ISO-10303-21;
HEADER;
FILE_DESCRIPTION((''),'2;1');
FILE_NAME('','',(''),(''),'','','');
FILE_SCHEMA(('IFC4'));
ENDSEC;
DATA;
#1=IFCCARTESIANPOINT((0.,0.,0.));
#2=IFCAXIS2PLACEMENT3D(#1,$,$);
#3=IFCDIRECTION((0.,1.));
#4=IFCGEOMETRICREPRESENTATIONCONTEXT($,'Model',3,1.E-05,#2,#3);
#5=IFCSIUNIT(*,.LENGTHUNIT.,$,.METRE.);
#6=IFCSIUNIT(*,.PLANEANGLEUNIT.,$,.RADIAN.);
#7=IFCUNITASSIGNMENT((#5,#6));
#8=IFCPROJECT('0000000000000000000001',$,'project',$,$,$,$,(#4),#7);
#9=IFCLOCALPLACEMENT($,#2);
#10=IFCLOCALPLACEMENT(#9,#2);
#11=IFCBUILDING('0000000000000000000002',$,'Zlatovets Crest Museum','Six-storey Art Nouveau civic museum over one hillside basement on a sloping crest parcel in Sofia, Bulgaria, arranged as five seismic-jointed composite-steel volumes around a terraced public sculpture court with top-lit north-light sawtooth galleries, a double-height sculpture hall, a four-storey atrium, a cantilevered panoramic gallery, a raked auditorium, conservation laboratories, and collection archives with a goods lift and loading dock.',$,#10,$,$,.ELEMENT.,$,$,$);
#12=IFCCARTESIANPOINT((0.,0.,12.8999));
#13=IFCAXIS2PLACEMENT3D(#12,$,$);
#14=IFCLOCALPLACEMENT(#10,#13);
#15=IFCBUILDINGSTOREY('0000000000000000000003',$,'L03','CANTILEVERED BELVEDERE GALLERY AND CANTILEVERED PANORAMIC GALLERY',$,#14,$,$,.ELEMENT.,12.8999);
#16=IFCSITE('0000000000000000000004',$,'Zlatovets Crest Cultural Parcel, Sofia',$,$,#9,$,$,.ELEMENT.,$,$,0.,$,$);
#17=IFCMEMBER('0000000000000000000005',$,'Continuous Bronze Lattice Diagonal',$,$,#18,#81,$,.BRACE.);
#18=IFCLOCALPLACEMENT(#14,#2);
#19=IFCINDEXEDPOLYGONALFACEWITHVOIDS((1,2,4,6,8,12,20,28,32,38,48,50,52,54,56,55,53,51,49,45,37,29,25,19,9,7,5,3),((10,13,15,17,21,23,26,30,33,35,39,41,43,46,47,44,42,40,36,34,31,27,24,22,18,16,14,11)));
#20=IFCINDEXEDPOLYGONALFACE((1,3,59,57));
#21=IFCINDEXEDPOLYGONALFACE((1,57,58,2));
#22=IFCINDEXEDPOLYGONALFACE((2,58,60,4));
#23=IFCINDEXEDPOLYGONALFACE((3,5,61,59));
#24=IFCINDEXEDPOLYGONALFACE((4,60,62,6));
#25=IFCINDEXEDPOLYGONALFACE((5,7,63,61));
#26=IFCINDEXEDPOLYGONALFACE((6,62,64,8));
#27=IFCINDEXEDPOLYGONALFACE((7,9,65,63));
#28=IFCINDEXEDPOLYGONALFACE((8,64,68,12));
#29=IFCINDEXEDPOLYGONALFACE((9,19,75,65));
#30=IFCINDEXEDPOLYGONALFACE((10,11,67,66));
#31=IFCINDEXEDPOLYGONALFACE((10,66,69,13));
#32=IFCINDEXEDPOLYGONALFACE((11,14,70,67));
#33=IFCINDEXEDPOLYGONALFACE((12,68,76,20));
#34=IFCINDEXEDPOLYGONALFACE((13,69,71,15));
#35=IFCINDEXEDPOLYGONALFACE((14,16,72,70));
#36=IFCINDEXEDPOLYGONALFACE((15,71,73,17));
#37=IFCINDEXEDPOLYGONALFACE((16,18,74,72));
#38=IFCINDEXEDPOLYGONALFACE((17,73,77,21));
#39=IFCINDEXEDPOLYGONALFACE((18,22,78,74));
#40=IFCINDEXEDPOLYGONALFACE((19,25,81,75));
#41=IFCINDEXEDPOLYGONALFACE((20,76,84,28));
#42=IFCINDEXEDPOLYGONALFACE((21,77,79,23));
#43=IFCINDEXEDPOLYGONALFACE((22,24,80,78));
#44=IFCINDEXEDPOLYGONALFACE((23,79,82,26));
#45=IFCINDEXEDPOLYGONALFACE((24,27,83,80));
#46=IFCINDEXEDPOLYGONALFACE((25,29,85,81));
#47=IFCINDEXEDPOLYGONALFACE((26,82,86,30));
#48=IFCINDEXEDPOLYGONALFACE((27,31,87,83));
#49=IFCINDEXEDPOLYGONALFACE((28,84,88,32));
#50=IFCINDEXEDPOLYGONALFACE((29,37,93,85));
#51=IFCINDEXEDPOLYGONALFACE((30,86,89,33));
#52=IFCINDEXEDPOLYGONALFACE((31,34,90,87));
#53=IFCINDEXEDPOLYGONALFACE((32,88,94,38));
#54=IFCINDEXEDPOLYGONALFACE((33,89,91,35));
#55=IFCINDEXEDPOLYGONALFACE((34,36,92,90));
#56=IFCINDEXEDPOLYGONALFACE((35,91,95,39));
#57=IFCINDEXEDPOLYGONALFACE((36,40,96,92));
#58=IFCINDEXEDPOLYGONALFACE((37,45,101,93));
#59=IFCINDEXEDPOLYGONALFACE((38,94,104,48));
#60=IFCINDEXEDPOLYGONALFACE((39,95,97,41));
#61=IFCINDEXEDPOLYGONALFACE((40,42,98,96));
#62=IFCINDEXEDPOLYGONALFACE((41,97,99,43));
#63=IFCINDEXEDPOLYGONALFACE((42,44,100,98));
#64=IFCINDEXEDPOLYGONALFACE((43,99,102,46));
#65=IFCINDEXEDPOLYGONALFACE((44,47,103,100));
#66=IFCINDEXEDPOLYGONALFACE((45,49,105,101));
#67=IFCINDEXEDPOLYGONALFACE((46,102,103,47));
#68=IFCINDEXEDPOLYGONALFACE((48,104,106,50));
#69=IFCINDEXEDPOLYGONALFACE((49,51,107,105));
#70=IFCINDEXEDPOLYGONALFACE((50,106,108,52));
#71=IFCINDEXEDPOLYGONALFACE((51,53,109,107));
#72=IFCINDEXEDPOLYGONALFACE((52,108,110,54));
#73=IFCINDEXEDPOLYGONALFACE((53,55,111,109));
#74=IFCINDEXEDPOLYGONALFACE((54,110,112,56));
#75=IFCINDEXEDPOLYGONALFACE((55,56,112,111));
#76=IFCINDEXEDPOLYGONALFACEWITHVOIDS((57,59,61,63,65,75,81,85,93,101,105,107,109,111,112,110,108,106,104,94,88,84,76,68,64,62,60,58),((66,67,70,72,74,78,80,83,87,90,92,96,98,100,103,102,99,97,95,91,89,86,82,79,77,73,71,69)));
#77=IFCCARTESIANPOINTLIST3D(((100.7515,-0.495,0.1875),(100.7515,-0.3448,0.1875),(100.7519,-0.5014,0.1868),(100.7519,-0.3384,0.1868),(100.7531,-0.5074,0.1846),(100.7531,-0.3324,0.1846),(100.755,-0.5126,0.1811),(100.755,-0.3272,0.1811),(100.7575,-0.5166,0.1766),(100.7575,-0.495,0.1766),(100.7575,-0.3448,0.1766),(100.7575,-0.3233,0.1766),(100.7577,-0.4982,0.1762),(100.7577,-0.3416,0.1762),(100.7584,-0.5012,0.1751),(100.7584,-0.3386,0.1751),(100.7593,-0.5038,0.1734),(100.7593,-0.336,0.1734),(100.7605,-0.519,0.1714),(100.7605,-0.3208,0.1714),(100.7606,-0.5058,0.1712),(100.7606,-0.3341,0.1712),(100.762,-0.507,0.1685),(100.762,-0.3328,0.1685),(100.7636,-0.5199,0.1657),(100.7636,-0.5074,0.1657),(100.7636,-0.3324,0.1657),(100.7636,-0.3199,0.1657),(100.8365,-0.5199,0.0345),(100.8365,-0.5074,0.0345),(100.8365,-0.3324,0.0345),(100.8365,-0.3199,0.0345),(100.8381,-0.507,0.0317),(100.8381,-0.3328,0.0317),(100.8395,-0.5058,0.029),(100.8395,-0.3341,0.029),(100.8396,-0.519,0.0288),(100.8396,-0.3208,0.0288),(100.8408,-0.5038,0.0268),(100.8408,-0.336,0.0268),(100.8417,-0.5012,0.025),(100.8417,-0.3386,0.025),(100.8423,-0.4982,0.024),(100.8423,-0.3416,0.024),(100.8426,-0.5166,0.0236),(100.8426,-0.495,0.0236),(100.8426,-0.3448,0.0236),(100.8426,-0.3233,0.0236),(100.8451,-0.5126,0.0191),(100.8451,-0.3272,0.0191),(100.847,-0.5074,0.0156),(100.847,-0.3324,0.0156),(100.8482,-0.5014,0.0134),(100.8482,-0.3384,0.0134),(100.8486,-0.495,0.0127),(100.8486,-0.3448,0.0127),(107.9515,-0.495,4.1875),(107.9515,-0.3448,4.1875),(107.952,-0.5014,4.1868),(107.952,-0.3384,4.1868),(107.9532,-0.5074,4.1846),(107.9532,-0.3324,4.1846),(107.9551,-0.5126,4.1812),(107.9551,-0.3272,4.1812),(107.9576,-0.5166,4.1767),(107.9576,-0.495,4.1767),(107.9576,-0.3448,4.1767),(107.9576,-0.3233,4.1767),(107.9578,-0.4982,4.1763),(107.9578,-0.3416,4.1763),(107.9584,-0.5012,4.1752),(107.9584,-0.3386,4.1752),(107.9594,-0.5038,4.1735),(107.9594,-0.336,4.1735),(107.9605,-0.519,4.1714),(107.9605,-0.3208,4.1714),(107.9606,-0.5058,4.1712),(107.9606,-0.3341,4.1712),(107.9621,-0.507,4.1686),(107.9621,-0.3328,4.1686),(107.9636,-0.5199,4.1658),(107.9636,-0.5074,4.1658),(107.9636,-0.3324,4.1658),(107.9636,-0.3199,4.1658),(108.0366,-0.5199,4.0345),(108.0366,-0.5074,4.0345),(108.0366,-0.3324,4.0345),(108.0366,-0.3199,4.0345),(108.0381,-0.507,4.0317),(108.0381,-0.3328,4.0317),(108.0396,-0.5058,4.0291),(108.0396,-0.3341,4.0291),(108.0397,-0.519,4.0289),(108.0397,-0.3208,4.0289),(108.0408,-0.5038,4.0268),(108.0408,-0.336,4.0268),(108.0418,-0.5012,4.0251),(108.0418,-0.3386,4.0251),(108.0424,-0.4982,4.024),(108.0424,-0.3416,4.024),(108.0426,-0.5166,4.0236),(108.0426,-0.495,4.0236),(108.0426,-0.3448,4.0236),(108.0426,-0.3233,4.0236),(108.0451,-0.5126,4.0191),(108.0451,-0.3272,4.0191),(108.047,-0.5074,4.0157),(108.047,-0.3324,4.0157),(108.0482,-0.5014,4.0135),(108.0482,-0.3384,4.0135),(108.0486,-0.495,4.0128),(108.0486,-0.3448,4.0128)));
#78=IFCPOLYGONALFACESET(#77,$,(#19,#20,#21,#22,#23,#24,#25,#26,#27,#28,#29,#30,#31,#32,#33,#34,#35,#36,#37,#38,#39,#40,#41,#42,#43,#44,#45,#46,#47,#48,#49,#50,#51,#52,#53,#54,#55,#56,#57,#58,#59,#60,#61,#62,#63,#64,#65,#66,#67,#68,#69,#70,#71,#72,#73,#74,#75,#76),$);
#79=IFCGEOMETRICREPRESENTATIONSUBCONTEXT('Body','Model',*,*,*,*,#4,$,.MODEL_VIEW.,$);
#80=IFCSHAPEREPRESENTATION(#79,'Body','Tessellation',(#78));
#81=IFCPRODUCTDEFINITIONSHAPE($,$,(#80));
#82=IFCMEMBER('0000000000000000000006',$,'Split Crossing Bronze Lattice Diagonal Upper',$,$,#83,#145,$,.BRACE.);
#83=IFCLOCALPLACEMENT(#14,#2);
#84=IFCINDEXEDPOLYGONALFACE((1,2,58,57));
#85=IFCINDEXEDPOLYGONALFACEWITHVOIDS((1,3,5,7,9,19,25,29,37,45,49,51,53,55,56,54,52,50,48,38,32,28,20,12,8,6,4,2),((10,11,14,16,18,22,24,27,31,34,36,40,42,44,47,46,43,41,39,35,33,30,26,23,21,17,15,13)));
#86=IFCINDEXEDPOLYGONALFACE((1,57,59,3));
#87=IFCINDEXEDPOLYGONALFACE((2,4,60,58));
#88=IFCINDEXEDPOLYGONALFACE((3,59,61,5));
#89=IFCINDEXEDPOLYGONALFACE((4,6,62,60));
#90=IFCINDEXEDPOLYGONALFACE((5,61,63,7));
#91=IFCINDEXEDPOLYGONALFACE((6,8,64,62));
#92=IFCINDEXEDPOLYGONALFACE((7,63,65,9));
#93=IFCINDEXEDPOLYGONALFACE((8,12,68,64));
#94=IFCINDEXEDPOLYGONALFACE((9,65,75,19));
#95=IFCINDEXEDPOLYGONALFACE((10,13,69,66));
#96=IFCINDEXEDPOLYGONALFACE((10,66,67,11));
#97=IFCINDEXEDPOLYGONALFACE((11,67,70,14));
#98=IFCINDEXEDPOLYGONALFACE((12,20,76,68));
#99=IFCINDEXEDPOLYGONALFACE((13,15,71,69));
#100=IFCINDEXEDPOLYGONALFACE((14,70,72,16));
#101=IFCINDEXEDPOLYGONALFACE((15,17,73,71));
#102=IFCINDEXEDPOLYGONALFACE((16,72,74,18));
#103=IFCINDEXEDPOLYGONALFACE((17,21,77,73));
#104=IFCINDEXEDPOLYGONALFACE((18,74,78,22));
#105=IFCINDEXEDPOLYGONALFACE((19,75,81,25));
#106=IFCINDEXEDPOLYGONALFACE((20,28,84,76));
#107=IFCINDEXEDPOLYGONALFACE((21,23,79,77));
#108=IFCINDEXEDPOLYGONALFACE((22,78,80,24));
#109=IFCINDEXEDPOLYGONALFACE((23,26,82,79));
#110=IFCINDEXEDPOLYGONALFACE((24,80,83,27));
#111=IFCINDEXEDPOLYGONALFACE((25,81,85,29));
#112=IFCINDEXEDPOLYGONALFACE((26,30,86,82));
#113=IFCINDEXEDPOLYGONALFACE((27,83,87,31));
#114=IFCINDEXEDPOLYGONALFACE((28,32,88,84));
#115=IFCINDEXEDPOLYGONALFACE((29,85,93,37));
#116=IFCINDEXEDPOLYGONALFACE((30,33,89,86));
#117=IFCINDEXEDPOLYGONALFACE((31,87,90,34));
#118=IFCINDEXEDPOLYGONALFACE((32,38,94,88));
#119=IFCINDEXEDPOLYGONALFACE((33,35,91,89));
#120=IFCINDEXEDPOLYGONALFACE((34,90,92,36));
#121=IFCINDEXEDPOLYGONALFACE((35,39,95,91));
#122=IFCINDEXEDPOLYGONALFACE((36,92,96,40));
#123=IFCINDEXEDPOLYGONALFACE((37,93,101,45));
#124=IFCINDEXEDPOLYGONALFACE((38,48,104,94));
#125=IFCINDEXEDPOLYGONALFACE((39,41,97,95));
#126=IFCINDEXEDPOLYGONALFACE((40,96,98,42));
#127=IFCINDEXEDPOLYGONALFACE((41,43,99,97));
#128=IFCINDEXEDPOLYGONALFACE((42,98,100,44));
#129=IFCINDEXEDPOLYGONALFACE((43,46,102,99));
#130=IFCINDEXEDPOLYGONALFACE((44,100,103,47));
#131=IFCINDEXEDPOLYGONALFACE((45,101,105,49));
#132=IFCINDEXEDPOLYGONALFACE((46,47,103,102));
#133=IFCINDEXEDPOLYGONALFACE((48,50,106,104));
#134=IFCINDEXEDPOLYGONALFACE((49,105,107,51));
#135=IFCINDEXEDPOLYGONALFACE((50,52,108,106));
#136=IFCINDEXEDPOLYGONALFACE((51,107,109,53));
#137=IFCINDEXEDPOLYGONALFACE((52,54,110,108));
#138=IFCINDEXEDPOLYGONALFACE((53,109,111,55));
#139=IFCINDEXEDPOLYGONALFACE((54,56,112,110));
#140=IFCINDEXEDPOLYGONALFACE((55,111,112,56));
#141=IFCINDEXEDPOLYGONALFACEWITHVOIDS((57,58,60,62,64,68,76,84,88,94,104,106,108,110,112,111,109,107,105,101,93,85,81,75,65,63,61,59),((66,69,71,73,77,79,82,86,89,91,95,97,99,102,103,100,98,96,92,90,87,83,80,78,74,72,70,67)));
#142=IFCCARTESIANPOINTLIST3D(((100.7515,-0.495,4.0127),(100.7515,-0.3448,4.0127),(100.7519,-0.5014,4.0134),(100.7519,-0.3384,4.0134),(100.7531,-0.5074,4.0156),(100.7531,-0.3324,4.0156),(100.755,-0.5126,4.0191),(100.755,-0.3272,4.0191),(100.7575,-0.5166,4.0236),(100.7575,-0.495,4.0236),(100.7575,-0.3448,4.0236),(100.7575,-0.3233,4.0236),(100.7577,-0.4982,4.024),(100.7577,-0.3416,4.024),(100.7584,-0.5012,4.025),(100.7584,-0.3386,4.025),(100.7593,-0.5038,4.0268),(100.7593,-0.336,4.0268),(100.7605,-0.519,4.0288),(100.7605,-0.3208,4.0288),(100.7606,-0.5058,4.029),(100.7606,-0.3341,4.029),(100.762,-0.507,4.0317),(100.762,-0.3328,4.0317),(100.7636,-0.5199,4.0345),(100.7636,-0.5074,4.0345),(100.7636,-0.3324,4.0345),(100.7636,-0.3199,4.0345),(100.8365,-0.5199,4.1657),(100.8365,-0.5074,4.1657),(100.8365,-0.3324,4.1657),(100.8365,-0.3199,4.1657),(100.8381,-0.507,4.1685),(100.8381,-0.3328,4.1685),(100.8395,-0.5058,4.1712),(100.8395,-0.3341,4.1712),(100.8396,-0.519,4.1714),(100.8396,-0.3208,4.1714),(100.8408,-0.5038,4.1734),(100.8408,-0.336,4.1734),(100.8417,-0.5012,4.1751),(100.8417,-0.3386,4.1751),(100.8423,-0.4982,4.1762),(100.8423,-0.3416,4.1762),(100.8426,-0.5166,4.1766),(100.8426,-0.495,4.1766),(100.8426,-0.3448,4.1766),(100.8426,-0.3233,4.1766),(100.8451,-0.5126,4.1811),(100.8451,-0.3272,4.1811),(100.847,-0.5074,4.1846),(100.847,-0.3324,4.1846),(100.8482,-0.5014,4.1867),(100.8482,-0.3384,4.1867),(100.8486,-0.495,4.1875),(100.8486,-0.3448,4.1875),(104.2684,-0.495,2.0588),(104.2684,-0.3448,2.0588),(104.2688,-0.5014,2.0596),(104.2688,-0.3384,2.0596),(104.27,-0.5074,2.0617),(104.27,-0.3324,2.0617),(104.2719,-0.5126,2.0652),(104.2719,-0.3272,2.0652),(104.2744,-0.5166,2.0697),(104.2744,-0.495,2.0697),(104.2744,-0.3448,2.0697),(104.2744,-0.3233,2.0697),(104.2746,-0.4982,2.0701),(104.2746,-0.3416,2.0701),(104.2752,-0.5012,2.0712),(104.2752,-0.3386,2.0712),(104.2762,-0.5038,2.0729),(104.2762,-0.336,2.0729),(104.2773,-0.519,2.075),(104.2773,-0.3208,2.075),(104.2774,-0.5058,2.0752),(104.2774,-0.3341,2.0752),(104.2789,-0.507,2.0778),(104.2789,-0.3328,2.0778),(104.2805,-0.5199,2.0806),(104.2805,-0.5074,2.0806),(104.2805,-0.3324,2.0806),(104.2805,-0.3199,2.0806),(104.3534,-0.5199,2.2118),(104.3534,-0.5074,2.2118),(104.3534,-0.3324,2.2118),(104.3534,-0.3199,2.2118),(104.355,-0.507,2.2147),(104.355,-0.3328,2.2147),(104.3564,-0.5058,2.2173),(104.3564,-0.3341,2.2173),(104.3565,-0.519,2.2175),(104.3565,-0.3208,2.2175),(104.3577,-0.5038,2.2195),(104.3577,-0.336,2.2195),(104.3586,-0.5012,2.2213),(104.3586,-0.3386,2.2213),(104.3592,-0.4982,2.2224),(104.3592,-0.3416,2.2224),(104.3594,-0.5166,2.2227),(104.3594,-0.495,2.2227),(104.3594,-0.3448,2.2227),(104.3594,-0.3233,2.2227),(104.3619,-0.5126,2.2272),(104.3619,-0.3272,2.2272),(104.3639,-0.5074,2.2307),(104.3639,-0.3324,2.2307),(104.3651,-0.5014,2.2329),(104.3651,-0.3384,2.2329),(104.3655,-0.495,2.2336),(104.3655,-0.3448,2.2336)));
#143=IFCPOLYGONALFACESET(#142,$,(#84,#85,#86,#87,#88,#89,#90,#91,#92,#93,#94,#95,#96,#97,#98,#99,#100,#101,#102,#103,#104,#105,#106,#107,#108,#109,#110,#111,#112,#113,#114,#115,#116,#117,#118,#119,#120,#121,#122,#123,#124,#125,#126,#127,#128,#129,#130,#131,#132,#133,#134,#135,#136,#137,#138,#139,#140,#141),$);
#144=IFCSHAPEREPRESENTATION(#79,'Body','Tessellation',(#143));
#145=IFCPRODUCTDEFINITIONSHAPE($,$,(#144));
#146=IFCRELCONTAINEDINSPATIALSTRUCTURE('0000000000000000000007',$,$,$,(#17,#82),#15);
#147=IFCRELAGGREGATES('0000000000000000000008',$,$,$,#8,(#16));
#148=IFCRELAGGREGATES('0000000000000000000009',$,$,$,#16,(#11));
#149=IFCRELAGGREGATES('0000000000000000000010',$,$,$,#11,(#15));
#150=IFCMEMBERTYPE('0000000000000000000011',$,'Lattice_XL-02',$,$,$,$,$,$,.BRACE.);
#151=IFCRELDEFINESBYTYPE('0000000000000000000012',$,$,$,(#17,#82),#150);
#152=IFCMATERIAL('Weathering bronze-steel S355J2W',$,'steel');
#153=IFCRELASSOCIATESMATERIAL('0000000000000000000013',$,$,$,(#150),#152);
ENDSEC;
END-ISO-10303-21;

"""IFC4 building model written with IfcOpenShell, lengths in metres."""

from ifc_helpers import new_model, si_unit, direction, frame, origin, origin_2d, place, context, subcontext, project, spatial, hollow_rectangle, extrude, material, material_profile, profile_set, type_object, element, save


model = new_model("IFC4")

# Units and contexts
model_context = context("Model", 3, precision=1e-05, world=origin(), true_north=direction((0.0, 1.0)))
body_context = subcontext(model_context, "Body", "Model", "MODEL_VIEW")
ifc_project = project(units=[si_unit("LENGTHUNIT", "METRE"), si_unit("PLANEANGLEUNIT", "RADIAN")], contexts=[model_context])

# Site, building, storey
site_placement = place(None, origin())
site = spatial("IfcSite", under=ifc_project, at=site_placement, Name="Zlatovets Crest Cultural Parcel, Sofia", CompositionType="ELEMENT", RefElevation=0.0)
building_placement = place(site_placement, origin())
building = spatial("IfcBuilding", under=site, at=building_placement, Name="Zlatovets Crest Museum", Description="Six-storey Art Nouveau civic museum over one hillside basement on a sloping crest parcel in Sofia, Bulgaria, arranged as five seismic-jointed composite-steel volumes around a terraced public sculpture court with top-lit north-light sawtooth galleries, a double-height sculpture hall, a four-storey atrium, a cantilevered panoramic gallery, a raked auditorium, conservation laboratories, and collection archives with a goods lift and loading dock.", CompositionType="ELEMENT")
storey_placement = place(building_placement, frame((0.0, 0.0, 12.8999)))
storey = spatial("IfcBuildingStorey", under=building, at=storey_placement, Name="L03", Description="CANTILEVERED BELVEDERE GALLERY AND CANTILEVERED PANORAMIC GALLERY", CompositionType="ELEMENT", Elevation=12.8999)

# Members
ifc_material_1 = material(Name="Weathering bronze-steel S355J2W", Category="steel")
ifc_material_profile_1 = material_profile(ifc_material_1, hollow_rectangle(XDim=0.2, YDim=0.2, WallThickness=0.0125, InnerFilletRadius=0.0125, OuterFilletRadius=0.0249, at=origin_2d()), Name="SHS 200x200x12.5")
ifc_profile_set_1 = profile_set([ifc_material_profile_1], Name="Weathering bronze-steel S355J2W")
member_type_1 = type_object("IfcMemberType", Name="Lattice_XL-02", PredefinedType="BRACE", material=ifc_profile_set_1)
member_1_placement = place(storey_placement, frame((100.8, -0.4199, 0.1001), z_axis=(0.874156, 0.0, 0.485645), x_axis=(0.0, 1.0, 0.0)))
element("IfcMember", 1, at=member_1_placement, inside=storey, type_object=member_type_1, Name="Continuous Bronze Lattice Diagonal", PredefinedType="BRACE", context=body_context, shape_type="SweptSolid", body=[
    extrude(hollow_rectangle(XDim=0.2, YDim=0.2, WallThickness=0.0125, InnerFilletRadius=0.0125, OuterFilletRadius=0.0249, at=origin_2d()), origin(), (0.0, 0.0, 1.0), 8.2366),
])
member_2_placement = place(storey_placement, frame((100.8, -0.4199, 4.1001), z_axis=(0.874152, 0.0, -0.485653), x_axis=(0.0, 1.0, 0.0)))
element("IfcMember", 2, at=member_2_placement, inside=storey, type_object=member_type_1, Name="Split Crossing Bronze Lattice Diagonal Upper", PredefinedType="BRACE", context=body_context, shape_type="SweptSolid", body=[
    extrude(hollow_rectangle(XDim=0.2, YDim=0.2, WallThickness=0.0125, InnerFilletRadius=0.0125, OuterFilletRadius=0.0249, at=origin_2d()), origin(), (0.0, 0.0, 1.0), 4.0232),
])

save(model, "model.ifc")
